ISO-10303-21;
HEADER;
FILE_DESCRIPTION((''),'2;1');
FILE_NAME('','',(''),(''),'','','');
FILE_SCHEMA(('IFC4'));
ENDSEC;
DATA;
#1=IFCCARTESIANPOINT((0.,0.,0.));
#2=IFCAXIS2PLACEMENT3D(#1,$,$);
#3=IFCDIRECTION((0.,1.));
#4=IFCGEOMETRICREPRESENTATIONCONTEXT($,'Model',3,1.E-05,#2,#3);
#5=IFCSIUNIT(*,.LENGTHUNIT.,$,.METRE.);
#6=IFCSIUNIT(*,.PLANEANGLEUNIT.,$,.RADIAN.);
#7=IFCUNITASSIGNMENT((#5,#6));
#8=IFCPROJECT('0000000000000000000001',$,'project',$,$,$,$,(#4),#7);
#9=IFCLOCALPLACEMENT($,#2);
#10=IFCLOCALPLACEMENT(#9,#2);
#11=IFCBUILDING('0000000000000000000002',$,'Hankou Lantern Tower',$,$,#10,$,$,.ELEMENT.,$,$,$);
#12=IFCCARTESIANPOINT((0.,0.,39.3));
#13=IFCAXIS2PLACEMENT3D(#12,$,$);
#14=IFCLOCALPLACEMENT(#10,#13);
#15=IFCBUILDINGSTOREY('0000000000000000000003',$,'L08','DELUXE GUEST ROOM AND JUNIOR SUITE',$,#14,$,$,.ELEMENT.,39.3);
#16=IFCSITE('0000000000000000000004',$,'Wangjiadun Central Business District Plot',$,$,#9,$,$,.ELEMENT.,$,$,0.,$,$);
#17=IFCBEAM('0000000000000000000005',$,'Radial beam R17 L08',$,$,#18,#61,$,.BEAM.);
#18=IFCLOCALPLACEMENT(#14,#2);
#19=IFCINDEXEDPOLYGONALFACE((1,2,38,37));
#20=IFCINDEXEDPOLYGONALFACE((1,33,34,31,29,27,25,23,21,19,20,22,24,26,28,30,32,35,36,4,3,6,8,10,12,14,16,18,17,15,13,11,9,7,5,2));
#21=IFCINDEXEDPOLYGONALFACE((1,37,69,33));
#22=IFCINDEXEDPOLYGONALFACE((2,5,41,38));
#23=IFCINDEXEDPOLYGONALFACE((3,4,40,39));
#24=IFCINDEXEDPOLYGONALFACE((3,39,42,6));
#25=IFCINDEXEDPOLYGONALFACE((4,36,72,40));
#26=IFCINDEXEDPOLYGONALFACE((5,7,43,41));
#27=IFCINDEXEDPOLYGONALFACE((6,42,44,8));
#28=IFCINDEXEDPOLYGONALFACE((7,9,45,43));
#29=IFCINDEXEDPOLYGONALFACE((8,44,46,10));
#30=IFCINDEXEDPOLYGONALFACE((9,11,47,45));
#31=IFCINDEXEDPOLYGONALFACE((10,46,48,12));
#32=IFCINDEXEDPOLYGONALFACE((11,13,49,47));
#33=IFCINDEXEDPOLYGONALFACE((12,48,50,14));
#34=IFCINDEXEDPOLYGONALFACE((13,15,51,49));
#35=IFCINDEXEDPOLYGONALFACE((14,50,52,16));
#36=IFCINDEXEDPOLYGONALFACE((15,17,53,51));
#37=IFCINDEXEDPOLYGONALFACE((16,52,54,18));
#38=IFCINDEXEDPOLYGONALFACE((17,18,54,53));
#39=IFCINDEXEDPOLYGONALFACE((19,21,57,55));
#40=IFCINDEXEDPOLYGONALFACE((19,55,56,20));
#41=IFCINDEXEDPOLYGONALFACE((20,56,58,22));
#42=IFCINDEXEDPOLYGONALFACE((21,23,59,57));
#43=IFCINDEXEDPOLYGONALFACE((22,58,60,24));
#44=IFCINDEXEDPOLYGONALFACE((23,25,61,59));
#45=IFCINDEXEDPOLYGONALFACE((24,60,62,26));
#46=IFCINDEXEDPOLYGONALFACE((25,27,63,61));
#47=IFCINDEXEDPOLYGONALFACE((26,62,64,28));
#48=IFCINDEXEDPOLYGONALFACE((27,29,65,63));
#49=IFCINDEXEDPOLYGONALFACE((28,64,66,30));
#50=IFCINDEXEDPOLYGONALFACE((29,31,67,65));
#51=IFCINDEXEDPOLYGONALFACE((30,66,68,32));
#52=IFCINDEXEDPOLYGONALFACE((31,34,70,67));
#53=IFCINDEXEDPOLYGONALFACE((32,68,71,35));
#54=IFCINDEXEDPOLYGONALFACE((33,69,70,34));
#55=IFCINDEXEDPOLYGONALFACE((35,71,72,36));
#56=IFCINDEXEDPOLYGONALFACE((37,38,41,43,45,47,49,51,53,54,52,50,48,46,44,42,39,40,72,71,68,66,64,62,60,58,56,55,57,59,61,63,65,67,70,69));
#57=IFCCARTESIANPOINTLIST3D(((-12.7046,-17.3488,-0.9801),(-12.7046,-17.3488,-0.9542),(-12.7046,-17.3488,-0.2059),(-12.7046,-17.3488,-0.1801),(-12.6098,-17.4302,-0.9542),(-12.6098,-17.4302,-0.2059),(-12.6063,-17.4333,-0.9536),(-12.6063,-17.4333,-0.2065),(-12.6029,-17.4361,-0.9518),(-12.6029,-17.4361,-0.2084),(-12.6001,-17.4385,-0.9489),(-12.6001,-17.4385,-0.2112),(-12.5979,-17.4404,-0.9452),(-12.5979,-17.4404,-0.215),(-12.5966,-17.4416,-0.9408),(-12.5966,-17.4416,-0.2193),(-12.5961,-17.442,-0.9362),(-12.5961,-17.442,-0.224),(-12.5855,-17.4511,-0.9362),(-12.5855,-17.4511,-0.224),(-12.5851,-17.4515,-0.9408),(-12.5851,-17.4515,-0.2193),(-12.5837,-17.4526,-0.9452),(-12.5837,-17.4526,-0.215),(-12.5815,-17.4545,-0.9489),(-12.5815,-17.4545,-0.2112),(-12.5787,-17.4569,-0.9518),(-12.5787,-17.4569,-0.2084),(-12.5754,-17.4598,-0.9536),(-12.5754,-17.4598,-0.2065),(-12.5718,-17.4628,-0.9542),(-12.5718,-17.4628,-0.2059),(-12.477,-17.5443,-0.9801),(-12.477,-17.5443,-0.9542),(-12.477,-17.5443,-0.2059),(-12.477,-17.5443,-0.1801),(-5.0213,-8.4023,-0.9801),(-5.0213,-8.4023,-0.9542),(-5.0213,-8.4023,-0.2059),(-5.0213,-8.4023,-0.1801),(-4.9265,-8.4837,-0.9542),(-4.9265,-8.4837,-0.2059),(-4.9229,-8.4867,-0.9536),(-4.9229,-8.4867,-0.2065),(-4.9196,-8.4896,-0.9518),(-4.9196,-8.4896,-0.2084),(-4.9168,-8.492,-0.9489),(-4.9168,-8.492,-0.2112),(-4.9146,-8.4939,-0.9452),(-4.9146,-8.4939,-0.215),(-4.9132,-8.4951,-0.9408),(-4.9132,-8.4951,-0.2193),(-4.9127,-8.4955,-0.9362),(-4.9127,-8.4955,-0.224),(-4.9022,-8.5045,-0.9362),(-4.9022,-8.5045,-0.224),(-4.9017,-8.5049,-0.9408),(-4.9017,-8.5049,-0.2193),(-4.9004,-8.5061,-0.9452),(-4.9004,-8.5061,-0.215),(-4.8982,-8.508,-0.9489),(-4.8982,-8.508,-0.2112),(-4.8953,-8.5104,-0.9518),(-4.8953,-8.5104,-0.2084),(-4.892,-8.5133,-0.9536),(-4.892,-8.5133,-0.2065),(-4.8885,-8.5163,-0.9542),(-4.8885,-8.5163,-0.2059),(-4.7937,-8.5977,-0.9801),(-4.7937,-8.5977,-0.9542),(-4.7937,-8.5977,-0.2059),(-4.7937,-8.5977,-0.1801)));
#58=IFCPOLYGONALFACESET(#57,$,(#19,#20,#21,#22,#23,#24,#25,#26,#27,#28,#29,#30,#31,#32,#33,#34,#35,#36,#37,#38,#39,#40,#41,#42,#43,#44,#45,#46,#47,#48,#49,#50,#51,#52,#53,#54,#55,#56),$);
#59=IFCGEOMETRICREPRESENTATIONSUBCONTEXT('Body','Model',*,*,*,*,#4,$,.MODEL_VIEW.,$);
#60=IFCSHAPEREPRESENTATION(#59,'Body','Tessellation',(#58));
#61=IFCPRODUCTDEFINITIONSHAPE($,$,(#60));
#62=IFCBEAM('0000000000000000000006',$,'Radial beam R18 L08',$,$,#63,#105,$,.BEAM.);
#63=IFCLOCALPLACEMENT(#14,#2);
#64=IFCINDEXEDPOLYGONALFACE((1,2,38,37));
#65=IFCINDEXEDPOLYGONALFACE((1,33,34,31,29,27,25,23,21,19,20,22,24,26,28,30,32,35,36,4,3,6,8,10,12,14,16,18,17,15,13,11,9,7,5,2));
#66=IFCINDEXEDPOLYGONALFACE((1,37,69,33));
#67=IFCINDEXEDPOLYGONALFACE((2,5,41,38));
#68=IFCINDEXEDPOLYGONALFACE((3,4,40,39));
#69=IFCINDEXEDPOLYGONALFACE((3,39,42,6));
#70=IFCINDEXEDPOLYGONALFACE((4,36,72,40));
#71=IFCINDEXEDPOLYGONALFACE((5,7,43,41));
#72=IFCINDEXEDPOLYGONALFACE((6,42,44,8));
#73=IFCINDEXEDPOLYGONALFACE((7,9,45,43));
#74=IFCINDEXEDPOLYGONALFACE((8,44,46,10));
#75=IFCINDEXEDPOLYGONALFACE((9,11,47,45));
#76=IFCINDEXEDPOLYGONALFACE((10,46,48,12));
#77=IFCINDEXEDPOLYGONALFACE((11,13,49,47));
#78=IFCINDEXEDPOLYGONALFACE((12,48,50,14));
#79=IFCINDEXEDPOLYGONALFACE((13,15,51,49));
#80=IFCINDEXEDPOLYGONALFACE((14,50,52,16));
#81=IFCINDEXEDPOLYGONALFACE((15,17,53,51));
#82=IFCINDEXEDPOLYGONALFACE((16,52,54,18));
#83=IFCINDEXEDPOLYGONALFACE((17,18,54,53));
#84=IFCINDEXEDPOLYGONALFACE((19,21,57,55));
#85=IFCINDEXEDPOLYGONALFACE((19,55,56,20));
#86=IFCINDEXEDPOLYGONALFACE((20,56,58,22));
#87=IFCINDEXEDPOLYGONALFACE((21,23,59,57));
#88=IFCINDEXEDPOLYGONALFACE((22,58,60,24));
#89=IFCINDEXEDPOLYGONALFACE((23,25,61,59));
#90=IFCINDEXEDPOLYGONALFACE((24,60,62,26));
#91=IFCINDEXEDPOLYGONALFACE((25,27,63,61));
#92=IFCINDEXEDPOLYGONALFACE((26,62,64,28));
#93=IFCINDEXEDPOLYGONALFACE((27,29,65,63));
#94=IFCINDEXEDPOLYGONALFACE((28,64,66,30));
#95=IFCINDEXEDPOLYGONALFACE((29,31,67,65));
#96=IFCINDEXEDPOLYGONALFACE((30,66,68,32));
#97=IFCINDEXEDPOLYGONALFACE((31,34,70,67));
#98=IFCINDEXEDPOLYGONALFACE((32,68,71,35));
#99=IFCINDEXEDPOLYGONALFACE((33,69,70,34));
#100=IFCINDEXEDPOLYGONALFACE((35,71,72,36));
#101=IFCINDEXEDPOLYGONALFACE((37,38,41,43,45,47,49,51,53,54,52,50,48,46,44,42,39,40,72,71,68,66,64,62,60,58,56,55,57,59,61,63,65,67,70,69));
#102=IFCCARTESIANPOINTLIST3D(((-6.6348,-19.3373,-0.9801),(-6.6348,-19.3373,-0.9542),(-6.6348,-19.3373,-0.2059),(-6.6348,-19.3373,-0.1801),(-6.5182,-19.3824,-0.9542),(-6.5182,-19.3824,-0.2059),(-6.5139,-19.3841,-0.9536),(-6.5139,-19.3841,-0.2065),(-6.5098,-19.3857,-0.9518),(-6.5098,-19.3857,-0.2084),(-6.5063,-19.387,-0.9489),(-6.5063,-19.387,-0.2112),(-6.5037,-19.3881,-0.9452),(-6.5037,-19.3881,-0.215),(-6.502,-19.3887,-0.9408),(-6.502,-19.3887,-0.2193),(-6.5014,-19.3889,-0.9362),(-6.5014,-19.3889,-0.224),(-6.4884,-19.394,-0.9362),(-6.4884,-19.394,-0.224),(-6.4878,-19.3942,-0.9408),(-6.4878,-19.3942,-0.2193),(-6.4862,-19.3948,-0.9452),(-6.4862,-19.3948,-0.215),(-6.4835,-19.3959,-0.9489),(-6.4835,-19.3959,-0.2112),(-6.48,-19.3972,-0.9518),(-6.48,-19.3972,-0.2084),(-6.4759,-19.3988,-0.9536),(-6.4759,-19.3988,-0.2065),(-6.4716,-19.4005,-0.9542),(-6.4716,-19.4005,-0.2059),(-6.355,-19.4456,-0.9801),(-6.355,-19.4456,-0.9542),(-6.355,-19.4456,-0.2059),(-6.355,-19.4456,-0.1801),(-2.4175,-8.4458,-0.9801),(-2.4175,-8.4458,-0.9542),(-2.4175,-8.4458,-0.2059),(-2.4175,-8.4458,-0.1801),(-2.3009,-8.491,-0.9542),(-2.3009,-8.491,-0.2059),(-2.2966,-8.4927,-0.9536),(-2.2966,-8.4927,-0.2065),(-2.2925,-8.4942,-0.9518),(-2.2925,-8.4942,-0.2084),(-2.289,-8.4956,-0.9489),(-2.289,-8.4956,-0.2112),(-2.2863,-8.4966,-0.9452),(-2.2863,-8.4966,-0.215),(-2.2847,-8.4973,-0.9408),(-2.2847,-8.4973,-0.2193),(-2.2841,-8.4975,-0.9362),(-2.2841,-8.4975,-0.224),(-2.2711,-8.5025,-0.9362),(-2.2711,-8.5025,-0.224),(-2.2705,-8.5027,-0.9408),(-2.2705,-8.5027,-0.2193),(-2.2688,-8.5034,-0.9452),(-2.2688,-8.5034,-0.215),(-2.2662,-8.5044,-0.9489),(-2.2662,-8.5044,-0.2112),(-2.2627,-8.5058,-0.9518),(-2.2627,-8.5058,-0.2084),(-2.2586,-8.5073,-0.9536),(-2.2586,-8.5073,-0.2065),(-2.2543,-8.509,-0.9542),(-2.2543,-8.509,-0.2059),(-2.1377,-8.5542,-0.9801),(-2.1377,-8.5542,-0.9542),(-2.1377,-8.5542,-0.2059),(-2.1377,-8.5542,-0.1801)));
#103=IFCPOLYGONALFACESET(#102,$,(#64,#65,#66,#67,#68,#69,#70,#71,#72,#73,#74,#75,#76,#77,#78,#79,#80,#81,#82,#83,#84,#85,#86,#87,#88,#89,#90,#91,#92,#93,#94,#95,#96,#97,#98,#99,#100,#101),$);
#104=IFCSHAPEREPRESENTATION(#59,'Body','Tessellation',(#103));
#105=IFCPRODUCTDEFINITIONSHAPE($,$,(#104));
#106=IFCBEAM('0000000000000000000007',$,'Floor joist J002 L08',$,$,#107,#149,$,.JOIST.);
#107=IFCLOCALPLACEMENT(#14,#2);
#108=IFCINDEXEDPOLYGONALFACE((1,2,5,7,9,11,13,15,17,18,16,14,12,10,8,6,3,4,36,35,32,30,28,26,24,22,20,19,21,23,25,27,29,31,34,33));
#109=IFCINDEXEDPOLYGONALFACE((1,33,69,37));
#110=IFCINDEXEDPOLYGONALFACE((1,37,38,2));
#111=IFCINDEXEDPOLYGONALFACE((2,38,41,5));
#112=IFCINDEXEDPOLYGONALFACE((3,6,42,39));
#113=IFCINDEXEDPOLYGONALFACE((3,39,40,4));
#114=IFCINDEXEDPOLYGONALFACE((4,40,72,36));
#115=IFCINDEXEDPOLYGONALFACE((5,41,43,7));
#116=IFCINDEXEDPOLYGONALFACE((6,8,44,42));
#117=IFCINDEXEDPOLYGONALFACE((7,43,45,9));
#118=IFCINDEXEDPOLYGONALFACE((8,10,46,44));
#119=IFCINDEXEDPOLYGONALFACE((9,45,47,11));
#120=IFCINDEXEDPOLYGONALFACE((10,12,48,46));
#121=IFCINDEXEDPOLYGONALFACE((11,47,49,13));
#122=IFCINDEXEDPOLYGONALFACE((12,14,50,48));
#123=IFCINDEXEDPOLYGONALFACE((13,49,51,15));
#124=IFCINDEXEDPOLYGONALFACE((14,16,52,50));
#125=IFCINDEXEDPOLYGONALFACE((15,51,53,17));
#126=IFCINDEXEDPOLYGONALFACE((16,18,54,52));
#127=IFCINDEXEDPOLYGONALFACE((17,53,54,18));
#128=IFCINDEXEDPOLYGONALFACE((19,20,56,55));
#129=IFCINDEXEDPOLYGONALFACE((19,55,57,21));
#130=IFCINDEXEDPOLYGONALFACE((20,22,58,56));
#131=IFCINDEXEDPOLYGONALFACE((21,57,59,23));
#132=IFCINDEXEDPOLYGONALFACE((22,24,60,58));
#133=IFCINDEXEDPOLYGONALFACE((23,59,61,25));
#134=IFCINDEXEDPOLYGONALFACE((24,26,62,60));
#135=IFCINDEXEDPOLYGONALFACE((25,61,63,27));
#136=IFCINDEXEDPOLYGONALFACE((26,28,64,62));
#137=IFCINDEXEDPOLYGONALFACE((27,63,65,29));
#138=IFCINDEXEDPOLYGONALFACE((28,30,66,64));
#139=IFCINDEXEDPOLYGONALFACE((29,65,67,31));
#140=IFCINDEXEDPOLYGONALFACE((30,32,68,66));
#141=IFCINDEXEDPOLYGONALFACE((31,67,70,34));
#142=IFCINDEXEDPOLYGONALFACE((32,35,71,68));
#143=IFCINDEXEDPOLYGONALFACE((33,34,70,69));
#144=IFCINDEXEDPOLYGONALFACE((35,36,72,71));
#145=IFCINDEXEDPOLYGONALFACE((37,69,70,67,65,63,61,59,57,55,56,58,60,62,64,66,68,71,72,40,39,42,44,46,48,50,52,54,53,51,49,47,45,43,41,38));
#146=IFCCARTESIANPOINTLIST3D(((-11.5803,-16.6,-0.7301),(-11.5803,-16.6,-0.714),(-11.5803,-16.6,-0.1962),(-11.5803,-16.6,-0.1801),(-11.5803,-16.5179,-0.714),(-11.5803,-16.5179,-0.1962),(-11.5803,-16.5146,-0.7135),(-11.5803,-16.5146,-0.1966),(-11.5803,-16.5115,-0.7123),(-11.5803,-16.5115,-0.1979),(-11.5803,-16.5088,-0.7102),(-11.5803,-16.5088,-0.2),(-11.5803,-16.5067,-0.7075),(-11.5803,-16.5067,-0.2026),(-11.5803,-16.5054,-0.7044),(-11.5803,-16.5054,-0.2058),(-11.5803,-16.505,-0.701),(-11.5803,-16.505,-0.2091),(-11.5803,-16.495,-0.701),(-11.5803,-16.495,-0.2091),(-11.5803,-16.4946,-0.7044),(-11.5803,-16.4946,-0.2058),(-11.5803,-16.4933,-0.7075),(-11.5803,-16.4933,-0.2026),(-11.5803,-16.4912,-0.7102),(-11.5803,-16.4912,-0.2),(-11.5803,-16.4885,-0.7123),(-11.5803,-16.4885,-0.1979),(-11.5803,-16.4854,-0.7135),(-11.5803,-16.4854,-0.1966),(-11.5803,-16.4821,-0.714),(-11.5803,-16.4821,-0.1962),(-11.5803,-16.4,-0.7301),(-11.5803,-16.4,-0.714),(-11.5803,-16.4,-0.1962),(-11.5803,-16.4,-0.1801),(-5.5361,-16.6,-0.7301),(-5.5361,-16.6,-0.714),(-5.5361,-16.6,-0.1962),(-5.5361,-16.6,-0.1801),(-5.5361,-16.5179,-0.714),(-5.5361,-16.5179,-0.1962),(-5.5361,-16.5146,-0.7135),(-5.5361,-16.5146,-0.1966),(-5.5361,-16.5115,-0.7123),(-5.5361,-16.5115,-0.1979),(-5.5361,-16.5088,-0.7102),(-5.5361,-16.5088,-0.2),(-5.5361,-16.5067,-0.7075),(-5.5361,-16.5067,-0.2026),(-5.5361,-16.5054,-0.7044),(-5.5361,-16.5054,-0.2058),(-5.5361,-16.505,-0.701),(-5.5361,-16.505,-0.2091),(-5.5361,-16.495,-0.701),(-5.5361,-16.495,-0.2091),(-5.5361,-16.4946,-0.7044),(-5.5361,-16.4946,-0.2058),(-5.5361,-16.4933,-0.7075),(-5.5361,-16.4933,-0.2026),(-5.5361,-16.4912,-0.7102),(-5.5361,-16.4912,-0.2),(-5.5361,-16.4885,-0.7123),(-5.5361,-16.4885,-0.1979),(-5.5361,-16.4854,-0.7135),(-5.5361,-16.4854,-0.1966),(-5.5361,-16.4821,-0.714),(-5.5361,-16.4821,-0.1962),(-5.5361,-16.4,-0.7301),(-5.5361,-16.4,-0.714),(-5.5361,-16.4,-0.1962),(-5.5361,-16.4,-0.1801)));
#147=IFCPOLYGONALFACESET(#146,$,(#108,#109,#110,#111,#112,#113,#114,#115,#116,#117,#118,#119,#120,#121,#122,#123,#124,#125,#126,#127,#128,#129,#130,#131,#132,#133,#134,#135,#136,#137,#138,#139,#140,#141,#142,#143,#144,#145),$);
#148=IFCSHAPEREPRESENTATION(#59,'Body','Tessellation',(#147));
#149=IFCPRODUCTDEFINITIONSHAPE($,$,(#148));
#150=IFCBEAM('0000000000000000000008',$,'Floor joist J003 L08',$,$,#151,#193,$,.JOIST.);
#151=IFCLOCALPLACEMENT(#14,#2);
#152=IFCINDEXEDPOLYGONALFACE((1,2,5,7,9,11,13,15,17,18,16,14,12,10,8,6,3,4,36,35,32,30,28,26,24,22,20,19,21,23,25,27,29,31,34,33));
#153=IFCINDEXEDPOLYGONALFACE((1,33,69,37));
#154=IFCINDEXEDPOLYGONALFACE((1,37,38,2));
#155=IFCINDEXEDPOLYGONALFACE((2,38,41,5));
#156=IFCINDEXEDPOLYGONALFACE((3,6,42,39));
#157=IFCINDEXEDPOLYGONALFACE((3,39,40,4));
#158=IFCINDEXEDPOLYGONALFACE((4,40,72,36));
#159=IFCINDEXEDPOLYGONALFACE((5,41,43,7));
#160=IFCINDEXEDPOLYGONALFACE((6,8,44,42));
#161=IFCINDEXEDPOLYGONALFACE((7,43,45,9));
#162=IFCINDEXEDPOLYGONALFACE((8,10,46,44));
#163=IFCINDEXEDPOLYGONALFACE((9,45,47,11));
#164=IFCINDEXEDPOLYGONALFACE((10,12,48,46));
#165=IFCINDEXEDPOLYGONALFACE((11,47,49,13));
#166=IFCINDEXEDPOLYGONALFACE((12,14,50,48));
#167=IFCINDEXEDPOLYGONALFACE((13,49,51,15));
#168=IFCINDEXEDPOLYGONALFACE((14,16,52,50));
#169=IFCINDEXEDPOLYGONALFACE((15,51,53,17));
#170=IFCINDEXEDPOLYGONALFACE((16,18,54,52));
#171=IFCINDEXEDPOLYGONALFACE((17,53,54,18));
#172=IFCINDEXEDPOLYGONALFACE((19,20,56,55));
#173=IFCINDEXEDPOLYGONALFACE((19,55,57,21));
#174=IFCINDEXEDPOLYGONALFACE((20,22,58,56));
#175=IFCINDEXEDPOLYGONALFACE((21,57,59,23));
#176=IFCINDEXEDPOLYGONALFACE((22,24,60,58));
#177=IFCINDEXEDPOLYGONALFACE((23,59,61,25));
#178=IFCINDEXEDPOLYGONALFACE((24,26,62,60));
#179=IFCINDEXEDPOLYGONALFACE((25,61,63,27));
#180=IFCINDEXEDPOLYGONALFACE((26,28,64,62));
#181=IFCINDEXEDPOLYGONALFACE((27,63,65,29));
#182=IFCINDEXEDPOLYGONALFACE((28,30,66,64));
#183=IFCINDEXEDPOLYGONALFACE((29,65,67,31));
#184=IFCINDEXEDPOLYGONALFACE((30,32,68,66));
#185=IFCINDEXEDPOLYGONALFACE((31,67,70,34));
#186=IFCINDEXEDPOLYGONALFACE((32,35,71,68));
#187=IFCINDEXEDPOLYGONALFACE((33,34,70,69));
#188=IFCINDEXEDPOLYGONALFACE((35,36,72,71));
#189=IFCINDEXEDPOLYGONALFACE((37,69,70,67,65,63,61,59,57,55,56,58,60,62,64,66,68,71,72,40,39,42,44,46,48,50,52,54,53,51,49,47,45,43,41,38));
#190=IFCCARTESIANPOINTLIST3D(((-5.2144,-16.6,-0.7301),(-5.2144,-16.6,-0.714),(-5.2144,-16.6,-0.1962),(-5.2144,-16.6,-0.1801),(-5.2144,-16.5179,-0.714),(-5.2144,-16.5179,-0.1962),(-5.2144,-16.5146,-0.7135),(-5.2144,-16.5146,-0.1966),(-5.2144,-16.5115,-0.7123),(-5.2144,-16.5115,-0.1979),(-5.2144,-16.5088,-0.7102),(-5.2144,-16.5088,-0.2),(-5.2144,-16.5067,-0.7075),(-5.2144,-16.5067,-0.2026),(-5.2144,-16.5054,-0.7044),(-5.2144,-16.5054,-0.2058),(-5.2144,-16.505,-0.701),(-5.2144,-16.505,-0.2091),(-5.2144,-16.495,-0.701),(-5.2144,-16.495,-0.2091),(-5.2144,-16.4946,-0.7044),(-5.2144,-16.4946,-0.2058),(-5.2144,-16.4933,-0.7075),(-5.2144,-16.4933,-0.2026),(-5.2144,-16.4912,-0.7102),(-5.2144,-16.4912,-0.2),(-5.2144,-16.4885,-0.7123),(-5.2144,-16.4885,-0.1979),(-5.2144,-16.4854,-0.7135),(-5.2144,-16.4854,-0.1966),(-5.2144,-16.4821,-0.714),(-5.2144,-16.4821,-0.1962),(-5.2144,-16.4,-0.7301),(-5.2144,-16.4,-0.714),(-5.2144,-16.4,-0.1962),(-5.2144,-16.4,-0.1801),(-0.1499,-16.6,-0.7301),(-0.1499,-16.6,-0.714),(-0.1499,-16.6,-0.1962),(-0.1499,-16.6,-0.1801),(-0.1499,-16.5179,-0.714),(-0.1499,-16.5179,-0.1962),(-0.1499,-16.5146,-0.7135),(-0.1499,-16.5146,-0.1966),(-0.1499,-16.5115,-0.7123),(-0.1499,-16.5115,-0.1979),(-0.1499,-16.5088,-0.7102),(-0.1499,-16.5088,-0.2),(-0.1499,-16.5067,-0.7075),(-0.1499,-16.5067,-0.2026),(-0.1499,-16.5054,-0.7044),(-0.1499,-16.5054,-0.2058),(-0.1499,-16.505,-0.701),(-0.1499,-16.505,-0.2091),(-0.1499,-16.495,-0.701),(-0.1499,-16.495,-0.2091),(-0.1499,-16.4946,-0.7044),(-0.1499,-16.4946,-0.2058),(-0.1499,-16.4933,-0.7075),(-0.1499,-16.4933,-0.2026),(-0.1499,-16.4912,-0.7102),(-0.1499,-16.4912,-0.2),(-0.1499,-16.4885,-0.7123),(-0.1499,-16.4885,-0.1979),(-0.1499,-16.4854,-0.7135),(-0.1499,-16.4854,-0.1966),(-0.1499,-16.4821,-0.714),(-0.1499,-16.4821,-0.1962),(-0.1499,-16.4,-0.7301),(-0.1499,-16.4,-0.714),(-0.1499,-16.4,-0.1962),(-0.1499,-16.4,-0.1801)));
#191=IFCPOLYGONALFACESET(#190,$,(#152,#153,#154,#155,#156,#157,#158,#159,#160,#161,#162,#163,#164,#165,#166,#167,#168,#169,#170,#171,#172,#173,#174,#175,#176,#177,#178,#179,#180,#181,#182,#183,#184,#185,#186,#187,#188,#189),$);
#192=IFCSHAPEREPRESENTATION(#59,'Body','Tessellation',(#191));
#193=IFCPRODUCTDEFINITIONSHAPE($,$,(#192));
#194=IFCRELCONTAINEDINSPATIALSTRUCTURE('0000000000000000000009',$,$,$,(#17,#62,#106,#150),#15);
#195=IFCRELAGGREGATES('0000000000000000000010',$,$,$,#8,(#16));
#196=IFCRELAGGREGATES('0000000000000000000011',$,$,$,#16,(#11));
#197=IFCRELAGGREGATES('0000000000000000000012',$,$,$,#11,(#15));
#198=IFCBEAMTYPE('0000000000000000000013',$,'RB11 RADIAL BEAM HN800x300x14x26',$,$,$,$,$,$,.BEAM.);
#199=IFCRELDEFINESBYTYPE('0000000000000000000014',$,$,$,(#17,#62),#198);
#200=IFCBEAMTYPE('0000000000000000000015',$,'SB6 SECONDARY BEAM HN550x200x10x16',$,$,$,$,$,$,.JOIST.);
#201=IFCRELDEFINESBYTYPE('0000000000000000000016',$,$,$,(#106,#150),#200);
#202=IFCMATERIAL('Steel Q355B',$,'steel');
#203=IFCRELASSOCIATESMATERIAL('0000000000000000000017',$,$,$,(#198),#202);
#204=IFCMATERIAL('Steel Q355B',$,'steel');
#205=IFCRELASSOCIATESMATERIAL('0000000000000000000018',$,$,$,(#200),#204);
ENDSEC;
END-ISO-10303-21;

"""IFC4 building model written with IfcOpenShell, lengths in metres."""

from ifc_helpers import new_model, si_unit, direction, frame, origin, origin_2d, place, context, subcontext, project, spatial, i_section, extrude, material, material_profile, profile_set, type_object, element, save


model = new_model("IFC4")

# Units and contexts
model_context = context("Model", 3, precision=1e-05, world=origin(), true_north=direction((0.0, 1.0)))
body_context = subcontext(model_context, "Body", "Model", "MODEL_VIEW")
ifc_project = project(units=[si_unit("LENGTHUNIT", "METRE"), si_unit("PLANEANGLEUNIT", "RADIAN")], contexts=[model_context])

# Site, building, storey
site_placement = place(None, origin())
site = spatial("IfcSite", under=ifc_project, at=site_placement, Name="Wangjiadun Central Business District Plot", CompositionType="ELEMENT", RefElevation=0.0)
building_placement = place(site_placement, origin())
building = spatial("IfcBuilding", under=site, at=building_placement, Name="Hankou Lantern Tower", CompositionType="ELEMENT")
storey_placement = place(building_placement, frame((0.0, 0.0, 39.3)))
storey = spatial("IfcBuildingStorey", under=building, at=storey_placement, Name="L08", Description="DELUXE GUEST ROOM AND JUNIOR SUITE", CompositionType="ELEMENT", Elevation=39.3)

# Beams
ifc_material_1 = material(Name="Steel Q355B", Category="steel")
ifc_material_profile_1 = material_profile(ifc_material_1, i_section(OverallWidth=0.3, OverallDepth=0.8, WebThickness=0.0139, FlangeThickness=0.0259, FilletRadius=0.0181, at=origin_2d()), Name="HN800x300x14x26")
ifc_profile_set_1 = profile_set([ifc_material_profile_1], Name="Steel Q355B")
beam_type_1 = type_object("IfcBeamType", Name="RB11 RADIAL BEAM HN800x300x14x26", PredefinedType="BEAM", material=ifc_profile_set_1)
beam_1_placement = place(storey_placement, frame((-4.9075, -8.5, -0.5801), z_axis=(-0.651519, -0.758632, 0.0), x_axis=(0.758632, -0.651519, 0.0)))
element("IfcBeam", 1, at=beam_1_placement, inside=storey, type_object=beam_type_1, Name="Radial beam R17 L08", PredefinedType="BEAM", context=body_context, shape_type="SweptSolid", body=[
    extrude(i_section(OverallWidth=0.3, OverallDepth=0.8, WebThickness=0.0139, FlangeThickness=0.0259, FilletRadius=0.0181, at=origin_2d()), origin(), (0.0, 0.0, 1.0), 11.793),
])
beam_2_placement = place(storey_placement, frame((-2.2776, -8.5, -0.5801), z_axis=(-0.361089, -0.932531, 0.0), x_axis=(0.932531, -0.361089, 0.0)))
element("IfcBeam", 2, at=beam_2_placement, inside=storey, type_object=beam_type_1, Name="Radial beam R18 L08", PredefinedType="BEAM", context=body_context, shape_type="SweptSolid", body=[
    extrude(i_section(OverallWidth=0.3, OverallDepth=0.8, WebThickness=0.0139, FlangeThickness=0.0259, FilletRadius=0.0181, at=origin_2d()), origin(), (0.0, 0.0, 1.0), 11.6794),
])
ifc_material_2 = material(Name="Steel Q355B", Category="steel")
ifc_material_profile_2 = material_profile(ifc_material_2, i_section(OverallWidth=0.2, OverallDepth=0.55, WebThickness=0.01, FlangeThickness=0.0161, FilletRadius=0.0129, at=origin_2d()), Name="HN550x200x10x16")
ifc_profile_set_2 = profile_set([ifc_material_profile_2], Name="Steel Q355B")
beam_type_2 = type_object("IfcBeamType", Name="SB6 SECONDARY BEAM HN550x200x10x16", PredefinedType="JOIST", material=ifc_profile_set_2)
beam_3_placement = place(storey_placement, frame((-11.5803, -16.5, -0.4551), z_axis=(1.0, 0.0, 0.0), x_axis=(0.0, 1.0, 0.0)))
element("IfcBeam", 3, at=beam_3_placement, inside=storey, type_object=beam_type_2, Name="Floor joist J002 L08", PredefinedType="JOIST", context=body_context, shape_type="SweptSolid", body=[
    extrude(i_section(OverallWidth=0.2, OverallDepth=0.55, WebThickness=0.01, FlangeThickness=0.0161, FilletRadius=0.0129, at=origin_2d()), origin(), (0.0, 0.0, 1.0), 6.0442),
])
beam_4_placement = place(storey_placement, frame((-5.2144, -16.5, -0.4551), z_axis=(1.0, 0.0, 0.0), x_axis=(0.0, 1.0, 0.0)))
element("IfcBeam", 4, at=beam_4_placement, inside=storey, type_object=beam_type_2, Name="Floor joist J003 L08", PredefinedType="JOIST", context=body_context, shape_type="SweptSolid", body=[
    extrude(i_section(OverallWidth=0.2, OverallDepth=0.55, WebThickness=0.01, FlangeThickness=0.0161, FilletRadius=0.0129, at=origin_2d()), origin(), (0.0, 0.0, 1.0), 5.0645),
])

save(model, "model.ifc")
